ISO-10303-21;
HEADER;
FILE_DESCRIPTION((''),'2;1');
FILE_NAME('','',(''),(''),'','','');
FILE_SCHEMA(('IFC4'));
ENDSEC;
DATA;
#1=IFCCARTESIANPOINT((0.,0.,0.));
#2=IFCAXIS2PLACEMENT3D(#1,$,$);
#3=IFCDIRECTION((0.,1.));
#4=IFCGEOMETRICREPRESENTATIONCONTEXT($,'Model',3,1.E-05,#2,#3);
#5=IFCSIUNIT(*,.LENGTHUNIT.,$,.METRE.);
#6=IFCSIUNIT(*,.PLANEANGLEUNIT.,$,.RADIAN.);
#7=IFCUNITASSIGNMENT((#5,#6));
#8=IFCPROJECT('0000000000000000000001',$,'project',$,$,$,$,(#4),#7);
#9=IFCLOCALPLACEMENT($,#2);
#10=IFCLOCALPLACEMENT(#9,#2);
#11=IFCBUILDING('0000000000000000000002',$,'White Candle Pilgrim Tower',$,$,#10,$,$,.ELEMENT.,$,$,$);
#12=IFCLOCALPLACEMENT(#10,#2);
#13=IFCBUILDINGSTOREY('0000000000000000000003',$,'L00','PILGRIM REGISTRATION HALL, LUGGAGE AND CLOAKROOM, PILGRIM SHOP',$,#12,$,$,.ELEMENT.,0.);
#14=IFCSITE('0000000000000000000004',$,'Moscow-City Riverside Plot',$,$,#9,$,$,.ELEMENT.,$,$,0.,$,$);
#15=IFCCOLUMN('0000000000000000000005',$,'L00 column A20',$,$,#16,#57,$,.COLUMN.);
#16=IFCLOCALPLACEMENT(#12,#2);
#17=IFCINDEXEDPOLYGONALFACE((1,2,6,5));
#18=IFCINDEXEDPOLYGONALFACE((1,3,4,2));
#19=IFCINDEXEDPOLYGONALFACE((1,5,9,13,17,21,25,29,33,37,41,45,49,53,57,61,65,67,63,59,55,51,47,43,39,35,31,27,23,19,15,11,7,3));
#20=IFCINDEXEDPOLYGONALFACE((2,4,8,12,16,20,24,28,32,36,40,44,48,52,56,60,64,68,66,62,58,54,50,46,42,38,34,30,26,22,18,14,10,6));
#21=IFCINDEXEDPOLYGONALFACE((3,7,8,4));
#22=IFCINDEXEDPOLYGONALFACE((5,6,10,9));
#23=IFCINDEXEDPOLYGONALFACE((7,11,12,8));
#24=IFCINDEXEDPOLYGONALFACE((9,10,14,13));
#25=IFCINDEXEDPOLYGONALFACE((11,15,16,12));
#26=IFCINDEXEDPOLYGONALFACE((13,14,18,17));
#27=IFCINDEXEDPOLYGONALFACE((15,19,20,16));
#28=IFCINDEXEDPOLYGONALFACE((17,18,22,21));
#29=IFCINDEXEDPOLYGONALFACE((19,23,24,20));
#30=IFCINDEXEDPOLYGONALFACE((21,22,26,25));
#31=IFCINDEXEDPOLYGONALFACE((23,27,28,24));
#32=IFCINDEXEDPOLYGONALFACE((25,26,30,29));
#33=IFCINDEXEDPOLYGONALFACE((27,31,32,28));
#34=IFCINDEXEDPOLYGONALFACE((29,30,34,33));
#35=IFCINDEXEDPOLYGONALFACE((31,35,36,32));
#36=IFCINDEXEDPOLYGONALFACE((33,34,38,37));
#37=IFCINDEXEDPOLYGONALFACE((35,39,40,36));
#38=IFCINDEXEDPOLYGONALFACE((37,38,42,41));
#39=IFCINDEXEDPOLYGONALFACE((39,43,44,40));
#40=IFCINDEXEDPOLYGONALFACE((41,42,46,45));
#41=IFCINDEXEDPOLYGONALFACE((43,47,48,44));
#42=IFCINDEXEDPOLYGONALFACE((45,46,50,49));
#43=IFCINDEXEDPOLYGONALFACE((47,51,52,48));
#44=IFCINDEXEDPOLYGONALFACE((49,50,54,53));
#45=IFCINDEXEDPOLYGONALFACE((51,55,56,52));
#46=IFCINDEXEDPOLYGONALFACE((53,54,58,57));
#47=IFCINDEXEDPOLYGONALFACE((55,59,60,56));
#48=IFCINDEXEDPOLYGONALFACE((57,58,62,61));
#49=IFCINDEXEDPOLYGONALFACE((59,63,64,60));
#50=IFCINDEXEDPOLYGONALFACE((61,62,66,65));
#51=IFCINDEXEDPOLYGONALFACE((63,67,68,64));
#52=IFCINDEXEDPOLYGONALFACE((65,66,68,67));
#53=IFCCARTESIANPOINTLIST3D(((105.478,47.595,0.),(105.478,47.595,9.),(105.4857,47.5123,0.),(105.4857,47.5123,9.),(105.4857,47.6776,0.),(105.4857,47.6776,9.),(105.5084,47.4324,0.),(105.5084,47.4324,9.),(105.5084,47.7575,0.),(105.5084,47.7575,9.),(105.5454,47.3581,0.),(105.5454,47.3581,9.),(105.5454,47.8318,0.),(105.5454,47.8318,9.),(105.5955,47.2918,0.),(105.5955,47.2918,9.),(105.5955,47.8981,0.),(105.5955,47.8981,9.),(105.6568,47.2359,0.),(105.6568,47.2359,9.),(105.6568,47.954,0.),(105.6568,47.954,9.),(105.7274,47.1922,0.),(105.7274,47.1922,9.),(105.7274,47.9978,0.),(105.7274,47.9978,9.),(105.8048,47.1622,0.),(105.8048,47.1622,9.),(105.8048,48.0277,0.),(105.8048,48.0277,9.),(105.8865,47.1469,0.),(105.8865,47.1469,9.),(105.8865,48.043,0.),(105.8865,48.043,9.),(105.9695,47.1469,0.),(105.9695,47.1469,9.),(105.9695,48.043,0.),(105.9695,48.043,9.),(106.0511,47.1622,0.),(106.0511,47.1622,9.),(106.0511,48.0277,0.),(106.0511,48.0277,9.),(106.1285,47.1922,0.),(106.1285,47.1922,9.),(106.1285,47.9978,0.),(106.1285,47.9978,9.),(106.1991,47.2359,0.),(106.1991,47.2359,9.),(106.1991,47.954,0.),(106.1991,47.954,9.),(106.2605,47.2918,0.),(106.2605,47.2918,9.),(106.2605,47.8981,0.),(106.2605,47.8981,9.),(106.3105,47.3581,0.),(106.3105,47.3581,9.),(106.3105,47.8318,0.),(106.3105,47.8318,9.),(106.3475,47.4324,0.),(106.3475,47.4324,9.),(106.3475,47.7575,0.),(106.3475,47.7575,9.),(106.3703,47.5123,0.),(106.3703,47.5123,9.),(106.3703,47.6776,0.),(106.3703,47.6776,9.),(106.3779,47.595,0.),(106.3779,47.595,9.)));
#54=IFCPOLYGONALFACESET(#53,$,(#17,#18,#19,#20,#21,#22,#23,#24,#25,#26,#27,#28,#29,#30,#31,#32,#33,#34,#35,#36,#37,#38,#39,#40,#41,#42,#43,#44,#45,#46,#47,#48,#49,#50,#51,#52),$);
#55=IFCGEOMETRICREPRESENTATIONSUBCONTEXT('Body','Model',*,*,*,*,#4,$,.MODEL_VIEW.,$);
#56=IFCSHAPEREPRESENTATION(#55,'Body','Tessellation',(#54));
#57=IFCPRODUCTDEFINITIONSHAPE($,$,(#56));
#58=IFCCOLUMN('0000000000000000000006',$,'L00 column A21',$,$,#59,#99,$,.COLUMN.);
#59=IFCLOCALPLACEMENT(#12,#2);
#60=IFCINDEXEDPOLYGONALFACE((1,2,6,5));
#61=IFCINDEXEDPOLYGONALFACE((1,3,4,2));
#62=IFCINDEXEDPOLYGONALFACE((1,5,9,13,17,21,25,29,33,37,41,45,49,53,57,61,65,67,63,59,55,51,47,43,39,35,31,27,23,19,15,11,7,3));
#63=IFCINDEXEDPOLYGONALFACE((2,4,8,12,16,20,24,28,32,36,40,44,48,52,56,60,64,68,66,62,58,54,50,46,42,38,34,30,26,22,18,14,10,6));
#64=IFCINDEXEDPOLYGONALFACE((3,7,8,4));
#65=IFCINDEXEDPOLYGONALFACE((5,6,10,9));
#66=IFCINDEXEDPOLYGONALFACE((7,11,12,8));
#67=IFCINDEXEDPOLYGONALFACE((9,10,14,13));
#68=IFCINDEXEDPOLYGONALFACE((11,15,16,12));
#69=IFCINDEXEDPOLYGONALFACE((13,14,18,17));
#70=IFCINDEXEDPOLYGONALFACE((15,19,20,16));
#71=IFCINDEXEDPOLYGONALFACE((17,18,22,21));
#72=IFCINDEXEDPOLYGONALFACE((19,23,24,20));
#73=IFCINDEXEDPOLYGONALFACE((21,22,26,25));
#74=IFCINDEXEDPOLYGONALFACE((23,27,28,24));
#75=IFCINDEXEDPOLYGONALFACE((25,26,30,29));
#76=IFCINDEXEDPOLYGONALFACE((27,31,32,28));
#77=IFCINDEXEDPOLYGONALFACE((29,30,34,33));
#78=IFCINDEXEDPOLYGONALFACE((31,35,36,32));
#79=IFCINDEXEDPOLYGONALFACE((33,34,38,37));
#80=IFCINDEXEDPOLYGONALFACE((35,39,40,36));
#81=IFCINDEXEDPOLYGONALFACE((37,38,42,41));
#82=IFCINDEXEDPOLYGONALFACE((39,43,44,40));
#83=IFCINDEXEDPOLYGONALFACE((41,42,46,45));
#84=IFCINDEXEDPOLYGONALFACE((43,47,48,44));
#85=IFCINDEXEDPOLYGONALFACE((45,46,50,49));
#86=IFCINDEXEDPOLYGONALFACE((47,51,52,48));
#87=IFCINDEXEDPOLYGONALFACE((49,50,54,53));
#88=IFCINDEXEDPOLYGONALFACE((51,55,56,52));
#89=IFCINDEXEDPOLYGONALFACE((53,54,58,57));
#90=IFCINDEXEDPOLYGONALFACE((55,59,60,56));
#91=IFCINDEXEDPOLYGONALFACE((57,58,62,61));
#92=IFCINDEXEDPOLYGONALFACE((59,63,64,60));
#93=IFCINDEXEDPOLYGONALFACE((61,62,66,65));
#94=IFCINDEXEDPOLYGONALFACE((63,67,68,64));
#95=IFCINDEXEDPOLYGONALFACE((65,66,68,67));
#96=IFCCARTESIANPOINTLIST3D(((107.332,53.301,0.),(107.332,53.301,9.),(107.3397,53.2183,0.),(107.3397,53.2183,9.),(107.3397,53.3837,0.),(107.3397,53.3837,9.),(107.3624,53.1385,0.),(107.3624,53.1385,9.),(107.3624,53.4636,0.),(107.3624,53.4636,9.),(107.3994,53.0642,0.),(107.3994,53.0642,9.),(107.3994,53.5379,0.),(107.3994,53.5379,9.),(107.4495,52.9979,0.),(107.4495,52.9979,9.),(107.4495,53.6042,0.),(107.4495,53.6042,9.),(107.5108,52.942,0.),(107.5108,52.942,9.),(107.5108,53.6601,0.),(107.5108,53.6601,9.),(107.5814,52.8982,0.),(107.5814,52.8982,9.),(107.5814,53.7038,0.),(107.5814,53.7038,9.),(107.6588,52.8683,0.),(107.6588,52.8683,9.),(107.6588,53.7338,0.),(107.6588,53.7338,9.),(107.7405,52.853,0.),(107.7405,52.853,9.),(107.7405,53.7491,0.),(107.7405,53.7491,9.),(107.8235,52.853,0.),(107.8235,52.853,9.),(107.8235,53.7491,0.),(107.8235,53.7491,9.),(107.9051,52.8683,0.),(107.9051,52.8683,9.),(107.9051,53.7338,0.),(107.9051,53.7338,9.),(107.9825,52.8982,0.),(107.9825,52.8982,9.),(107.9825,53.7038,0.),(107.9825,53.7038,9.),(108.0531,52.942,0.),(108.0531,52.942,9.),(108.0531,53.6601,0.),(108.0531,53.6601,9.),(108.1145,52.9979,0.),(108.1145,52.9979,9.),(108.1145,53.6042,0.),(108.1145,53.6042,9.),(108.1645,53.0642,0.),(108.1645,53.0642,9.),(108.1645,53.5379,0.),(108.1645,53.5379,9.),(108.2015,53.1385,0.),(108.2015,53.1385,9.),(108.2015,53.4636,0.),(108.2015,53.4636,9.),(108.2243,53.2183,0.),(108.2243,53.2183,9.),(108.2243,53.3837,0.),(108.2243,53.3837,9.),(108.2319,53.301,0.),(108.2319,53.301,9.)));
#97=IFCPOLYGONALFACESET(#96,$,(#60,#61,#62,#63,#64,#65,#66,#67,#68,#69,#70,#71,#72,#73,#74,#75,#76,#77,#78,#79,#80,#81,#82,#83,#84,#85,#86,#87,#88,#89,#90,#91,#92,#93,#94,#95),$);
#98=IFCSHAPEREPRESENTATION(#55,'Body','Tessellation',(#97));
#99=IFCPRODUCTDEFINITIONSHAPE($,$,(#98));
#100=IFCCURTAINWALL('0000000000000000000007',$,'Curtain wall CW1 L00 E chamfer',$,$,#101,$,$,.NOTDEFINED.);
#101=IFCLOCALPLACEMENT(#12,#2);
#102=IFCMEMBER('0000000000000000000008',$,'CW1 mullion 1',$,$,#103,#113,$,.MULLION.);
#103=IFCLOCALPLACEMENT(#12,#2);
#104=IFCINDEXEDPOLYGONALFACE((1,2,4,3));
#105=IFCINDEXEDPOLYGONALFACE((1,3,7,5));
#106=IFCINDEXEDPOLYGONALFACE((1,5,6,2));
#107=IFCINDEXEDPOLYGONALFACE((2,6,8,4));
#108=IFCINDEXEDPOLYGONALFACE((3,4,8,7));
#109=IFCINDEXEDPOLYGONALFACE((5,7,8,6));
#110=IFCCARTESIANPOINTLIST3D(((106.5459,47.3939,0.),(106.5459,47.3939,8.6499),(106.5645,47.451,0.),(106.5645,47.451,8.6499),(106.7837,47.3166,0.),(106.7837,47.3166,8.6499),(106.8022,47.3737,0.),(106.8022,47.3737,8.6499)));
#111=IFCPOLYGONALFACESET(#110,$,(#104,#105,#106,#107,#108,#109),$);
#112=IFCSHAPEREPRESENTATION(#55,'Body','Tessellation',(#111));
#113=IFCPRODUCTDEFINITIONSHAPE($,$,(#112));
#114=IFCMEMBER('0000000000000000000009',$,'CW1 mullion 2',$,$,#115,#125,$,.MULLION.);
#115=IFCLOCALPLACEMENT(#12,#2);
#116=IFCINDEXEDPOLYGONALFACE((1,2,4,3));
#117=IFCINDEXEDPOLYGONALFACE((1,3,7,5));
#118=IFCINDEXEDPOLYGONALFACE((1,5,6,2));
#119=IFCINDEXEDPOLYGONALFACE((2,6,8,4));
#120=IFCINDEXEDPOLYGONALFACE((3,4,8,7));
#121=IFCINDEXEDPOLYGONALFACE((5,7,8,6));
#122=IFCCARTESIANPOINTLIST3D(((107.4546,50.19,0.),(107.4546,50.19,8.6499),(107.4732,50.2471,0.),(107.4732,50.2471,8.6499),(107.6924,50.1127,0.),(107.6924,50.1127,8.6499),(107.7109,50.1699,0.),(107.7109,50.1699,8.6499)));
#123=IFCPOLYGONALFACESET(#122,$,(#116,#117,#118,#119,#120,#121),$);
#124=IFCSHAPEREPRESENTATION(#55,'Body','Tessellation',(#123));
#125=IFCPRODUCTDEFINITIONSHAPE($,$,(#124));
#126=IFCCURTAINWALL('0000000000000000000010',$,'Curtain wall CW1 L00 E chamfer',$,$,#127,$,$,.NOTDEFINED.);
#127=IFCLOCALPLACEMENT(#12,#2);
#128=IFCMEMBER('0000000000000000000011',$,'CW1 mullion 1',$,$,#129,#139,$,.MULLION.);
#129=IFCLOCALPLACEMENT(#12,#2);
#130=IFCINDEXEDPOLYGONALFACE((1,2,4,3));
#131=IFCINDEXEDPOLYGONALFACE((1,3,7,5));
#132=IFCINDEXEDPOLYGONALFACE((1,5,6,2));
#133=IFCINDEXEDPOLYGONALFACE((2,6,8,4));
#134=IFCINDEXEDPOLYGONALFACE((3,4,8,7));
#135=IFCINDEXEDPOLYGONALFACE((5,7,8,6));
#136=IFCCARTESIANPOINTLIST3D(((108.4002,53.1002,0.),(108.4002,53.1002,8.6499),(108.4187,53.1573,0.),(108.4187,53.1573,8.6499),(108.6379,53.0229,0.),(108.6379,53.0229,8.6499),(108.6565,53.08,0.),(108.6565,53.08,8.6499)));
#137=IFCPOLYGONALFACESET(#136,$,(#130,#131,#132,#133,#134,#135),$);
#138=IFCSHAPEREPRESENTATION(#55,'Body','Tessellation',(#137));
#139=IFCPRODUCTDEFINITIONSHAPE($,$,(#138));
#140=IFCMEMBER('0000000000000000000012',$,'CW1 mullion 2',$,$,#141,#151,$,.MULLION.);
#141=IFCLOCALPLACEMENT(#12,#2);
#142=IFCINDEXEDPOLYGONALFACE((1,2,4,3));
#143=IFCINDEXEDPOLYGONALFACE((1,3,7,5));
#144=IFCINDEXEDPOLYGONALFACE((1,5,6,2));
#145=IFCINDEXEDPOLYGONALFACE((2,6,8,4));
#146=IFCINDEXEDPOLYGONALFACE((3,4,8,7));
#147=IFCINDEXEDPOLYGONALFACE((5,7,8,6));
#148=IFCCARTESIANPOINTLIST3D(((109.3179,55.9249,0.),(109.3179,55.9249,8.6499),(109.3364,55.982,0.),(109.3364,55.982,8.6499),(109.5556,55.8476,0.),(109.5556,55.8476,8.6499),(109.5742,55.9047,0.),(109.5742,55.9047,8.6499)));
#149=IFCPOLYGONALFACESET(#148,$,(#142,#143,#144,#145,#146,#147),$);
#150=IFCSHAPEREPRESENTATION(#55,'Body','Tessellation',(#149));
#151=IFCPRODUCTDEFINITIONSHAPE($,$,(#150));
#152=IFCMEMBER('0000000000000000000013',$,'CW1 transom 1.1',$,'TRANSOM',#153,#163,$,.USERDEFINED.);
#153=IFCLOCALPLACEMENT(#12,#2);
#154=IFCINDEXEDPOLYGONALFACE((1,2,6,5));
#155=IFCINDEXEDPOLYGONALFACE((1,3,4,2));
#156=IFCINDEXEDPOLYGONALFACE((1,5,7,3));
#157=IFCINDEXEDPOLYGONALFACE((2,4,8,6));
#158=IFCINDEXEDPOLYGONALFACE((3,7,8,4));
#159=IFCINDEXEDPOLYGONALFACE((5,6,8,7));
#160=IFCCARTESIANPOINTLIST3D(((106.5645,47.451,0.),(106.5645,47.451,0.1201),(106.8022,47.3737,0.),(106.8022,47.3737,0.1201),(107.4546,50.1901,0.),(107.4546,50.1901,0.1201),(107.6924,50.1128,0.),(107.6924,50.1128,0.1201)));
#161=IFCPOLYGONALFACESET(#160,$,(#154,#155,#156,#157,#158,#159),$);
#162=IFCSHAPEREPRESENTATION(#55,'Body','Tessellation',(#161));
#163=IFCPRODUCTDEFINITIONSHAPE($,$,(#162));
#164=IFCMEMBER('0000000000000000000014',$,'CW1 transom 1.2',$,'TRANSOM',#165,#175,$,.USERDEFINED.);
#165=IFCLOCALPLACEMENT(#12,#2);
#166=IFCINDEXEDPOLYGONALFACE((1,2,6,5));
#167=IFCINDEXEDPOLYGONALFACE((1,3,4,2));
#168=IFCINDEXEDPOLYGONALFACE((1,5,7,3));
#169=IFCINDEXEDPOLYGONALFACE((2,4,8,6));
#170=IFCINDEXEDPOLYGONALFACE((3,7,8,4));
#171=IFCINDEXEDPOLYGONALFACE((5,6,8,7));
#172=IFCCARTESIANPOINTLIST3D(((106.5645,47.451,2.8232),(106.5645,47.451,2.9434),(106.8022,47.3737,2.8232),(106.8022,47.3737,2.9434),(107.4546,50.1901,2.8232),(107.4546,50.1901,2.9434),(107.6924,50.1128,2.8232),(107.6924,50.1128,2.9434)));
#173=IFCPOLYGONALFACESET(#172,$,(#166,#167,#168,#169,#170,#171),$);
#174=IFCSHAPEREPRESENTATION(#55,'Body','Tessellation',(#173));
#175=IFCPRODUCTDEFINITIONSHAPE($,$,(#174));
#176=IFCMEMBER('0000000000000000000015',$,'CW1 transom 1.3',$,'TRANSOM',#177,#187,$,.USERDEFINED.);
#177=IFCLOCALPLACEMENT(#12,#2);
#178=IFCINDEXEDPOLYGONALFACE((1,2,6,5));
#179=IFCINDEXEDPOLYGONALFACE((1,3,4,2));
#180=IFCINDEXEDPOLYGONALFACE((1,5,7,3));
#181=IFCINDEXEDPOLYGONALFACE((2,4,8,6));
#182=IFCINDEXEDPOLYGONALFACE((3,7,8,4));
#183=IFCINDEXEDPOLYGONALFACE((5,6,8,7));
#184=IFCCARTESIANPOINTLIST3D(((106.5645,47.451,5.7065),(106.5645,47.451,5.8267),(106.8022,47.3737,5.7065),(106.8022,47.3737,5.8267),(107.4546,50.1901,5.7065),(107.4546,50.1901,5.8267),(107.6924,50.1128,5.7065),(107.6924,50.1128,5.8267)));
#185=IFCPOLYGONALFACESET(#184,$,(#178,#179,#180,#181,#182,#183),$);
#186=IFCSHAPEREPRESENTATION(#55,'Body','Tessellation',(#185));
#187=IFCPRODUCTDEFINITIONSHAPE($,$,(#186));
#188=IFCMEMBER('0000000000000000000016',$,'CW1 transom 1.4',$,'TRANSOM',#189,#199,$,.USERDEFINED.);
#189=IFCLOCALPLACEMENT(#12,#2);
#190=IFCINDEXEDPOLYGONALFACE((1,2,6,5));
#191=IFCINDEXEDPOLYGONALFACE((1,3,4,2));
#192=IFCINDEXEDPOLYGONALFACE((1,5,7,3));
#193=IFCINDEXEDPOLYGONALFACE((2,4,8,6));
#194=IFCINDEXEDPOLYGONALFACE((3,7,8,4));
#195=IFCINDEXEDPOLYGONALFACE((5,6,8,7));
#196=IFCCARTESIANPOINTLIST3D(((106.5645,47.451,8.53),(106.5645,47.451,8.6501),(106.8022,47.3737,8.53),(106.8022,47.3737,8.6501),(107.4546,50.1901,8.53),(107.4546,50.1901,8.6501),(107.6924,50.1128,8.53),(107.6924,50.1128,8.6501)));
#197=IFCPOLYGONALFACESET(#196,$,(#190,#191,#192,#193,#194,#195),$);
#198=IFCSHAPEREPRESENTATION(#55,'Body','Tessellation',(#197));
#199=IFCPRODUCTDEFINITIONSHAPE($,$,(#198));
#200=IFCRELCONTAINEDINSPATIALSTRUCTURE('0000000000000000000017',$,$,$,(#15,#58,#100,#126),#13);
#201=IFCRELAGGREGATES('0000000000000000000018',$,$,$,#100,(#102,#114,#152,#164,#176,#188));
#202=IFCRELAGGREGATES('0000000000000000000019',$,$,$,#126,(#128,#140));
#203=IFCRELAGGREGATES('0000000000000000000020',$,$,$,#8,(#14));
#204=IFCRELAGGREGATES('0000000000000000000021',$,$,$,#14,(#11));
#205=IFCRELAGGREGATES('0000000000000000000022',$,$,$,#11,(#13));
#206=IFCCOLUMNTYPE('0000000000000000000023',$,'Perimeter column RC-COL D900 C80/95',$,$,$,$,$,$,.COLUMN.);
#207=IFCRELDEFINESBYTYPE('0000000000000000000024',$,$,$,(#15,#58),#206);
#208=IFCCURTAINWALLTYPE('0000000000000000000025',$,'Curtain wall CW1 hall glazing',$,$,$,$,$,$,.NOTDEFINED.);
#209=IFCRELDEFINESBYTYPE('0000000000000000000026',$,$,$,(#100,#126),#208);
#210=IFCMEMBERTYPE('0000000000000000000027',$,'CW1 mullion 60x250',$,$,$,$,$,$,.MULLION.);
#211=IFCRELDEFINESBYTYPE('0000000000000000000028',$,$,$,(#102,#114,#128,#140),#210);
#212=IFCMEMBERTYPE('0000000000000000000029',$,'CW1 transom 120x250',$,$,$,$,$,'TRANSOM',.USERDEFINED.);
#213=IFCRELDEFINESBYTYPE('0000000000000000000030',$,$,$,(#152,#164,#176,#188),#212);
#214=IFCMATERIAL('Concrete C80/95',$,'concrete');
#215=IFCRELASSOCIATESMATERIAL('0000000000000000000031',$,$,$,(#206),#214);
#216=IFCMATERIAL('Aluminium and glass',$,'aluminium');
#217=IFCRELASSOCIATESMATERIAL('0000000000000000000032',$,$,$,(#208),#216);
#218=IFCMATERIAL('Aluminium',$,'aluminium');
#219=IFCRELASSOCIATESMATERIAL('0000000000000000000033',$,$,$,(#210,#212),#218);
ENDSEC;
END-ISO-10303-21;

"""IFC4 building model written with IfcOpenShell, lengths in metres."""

from ifc_helpers import new_model, si_unit, direction, frame, origin, origin_2d, place, context, subcontext, project, spatial, rectangle, circle, extrude, material, material_profile, profile_set, type_object, element, aggregate, save


model = new_model("IFC4")

# Units and contexts
model_context = context("Model", 3, precision=1e-05, world=origin(), true_north=direction((0.0, 1.0)))
body_context = subcontext(model_context, "Body", "Model", "MODEL_VIEW")
ifc_project = project(units=[si_unit("LENGTHUNIT", "METRE"), si_unit("PLANEANGLEUNIT", "RADIAN")], contexts=[model_context])

# Site, building, storey
site_placement = place(None, origin())
site = spatial("IfcSite", under=ifc_project, at=site_placement, Name="Moscow-City Riverside Plot", CompositionType="ELEMENT", RefElevation=0.0)
building_placement = place(site_placement, origin())
building = spatial("IfcBuilding", under=site, at=building_placement, Name="White Candle Pilgrim Tower", CompositionType="ELEMENT")
storey_placement = place(building_placement, origin())
storey = spatial("IfcBuildingStorey", under=building, at=storey_placement, Name="L00", Description="PILGRIM REGISTRATION HALL, LUGGAGE AND CLOAKROOM, PILGRIM SHOP", CompositionType="ELEMENT", Elevation=0.0)

# Columns
ifc_material_1 = material(Name="Concrete C80/95", Category="concrete")
ifc_material_profile_1 = material_profile(ifc_material_1, circle(Radius=0.45, at=origin_2d()), Name="RC-COL D900")
ifc_profile_set_1 = profile_set([ifc_material_profile_1], Name="Concrete C80/95")
column_type = type_object("IfcColumnType", Name="Perimeter column RC-COL D900 C80/95", PredefinedType="COLUMN", material=ifc_profile_set_1)
for number, where, z_axis, x_axis, name in (
    (1, (105.928, 47.595, 0.0), (0.0, 0.0, 1.0), (1.0, 0.0, 0.0), "L00 column A20"),
    (2, (107.782, 53.301, 0.0), (0.0, 0.0, 1.0), (1.0, 0.0, 0.0), "L00 column A21"),
):
    element("IfcColumn", number, at=place(storey_placement, frame(where, z_axis=z_axis, x_axis=x_axis)), inside=storey, type_object=column_type, Name=name, PredefinedType="COLUMN", context=body_context, shape_type="SweptSolid", body=[
        extrude(circle(Radius=0.45, at=origin_2d()), origin(), (0.0, 0.0, 1.0), 9.0),
    ])

# Curtain walls, members
ifc_material_2 = material(Name="Aluminium and glass", Category="aluminium")
curtain_wall_type = type_object("IfcCurtainWallType", Name="Curtain wall CW1 hall glazing", PredefinedType="NOTDEFINED", material=ifc_material_2)
curtain_wall_1_placement = place(storey_placement, origin())
curtain_wall_1 = element("IfcCurtainWall", 3, at=curtain_wall_1_placement, inside=storey, type_object=curtain_wall_type, Name="Curtain wall CW1 L00 E chamfer", PredefinedType="NOTDEFINED")
ifc_material_3 = material(Name="Aluminium", Category="aluminium")
ifc_material_profile_2 = material_profile(ifc_material_3, rectangle(XDim=0.25, YDim=0.0601, at=origin_2d()), Name="CW1 mullion 60x250")
ifc_profile_set_2 = profile_set([ifc_material_profile_2], Name="Aluminium")
member_type_1 = type_object("IfcMemberType", Name="CW1 mullion 60x250", PredefinedType="MULLION", material=ifc_profile_set_2)
member_1_placement = place(storey_placement, frame((106.6741, 47.3838, 0.0), z_axis=(0.0, 0.0, 1.0), x_axis=(-0.951057, 0.309017, 0.0)))
member_1 = element("IfcMember", 4, at=member_1_placement, type_object=member_type_1, Name="CW1 mullion 1", PredefinedType="MULLION", context=body_context, shape_type="SweptSolid", body=[
    extrude(rectangle(XDim=0.25, YDim=0.0601, at=origin_2d()), origin(), (0.0, 0.0, 1.0), 8.6499),
])
member_2_placement = place(storey_placement, frame((107.5828, 50.1799, 0.0), z_axis=(0.0, 0.0, 1.0), x_axis=(-0.951057, 0.309017, 0.0)))
member_2 = element("IfcMember", 5, at=member_2_placement, type_object=member_type_1, Name="CW1 mullion 2", PredefinedType="MULLION", context=body_context, shape_type="SweptSolid", body=[
    extrude(rectangle(XDim=0.25, YDim=0.0601, at=origin_2d()), origin(), (0.0, 0.0, 1.0), 8.6499),
])
curtain_wall_2_placement = place(storey_placement, origin())
curtain_wall_2 = element("IfcCurtainWall", 6, at=curtain_wall_2_placement, inside=storey, type_object=curtain_wall_type, Name="Curtain wall CW1 L00 E chamfer", PredefinedType="NOTDEFINED")
member_3_placement = place(storey_placement, frame((108.5283, 53.0901, 0.0), z_axis=(0.0, 0.0, 1.0), x_axis=(-0.951057, 0.309017, 0.0)))
member_3 = element("IfcMember", 7, at=member_3_placement, type_object=member_type_1, Name="CW1 mullion 1", PredefinedType="MULLION", context=body_context, shape_type="SweptSolid", body=[
    extrude(rectangle(XDim=0.25, YDim=0.0601, at=origin_2d()), origin(), (0.0, 0.0, 1.0), 8.6499),
])
member_4_placement = place(storey_placement, frame((109.446, 55.9148, 0.0), z_axis=(0.0, 0.0, 1.0), x_axis=(-0.951057, 0.309017, 0.0)))
member_4 = element("IfcMember", 8, at=member_4_placement, type_object=member_type_1, Name="CW1 mullion 2", PredefinedType="MULLION", context=body_context, shape_type="SweptSolid", body=[
    extrude(rectangle(XDim=0.25, YDim=0.0601, at=origin_2d()), origin(), (0.0, 0.0, 1.0), 8.6499),
])

# Members
ifc_material_profile_3 = material_profile(ifc_material_3, rectangle(XDim=0.25, YDim=0.1201, at=origin_2d()), Name="CW1 transom 120x250")
ifc_profile_set_3 = profile_set([ifc_material_profile_3], Name="Aluminium")
member_type_2 = type_object("IfcMemberType", Name="CW1 transom 120x250", ElementType="TRANSOM", PredefinedType="USERDEFINED", material=ifc_profile_set_3)
member_5_placement = place(storey_placement, frame((106.6833, 47.4124, 0.0601), z_axis=(0.309073, 0.951038, 0.0), x_axis=(-0.951038, 0.309073, 0.0)))
member_5 = element("IfcMember", 9, at=member_5_placement, type_object=member_type_2, Name="CW1 transom 1.1", ObjectType="TRANSOM", PredefinedType="USERDEFINED", context=body_context, shape_type="SweptSolid", body=[
    extrude(rectangle(XDim=0.25, YDim=0.1201, at=origin_2d()), origin(), (0.0, 0.0, 1.0), 2.8801),
])
member_6_placement = place(storey_placement, frame((106.6833, 47.4124, 2.8833), z_axis=(0.309073, 0.951038, 0.0), x_axis=(-0.951038, 0.309073, 0.0)))
member_6 = element("IfcMember", 10, at=member_6_placement, type_object=member_type_2, Name="CW1 transom 1.2", ObjectType="TRANSOM", PredefinedType="USERDEFINED", context=body_context, shape_type="SweptSolid", body=[
    extrude(rectangle(XDim=0.25, YDim=0.1201, at=origin_2d()), origin(), (0.0, 0.0, 1.0), 2.8801),
])
member_7_placement = place(storey_placement, frame((106.6833, 47.4124, 5.7666), z_axis=(0.309073, 0.951038, 0.0), x_axis=(-0.951038, 0.309073, 0.0)))
member_7 = element("IfcMember", 11, at=member_7_placement, type_object=member_type_2, Name="CW1 transom 1.3", ObjectType="TRANSOM", PredefinedType="USERDEFINED", context=body_context, shape_type="SweptSolid", body=[
    extrude(rectangle(XDim=0.25, YDim=0.1201, at=origin_2d()), origin(), (0.0, 0.0, 1.0), 2.8801),
])
member_8_placement = place(storey_placement, frame((106.6833, 47.4124, 8.5901), z_axis=(0.309073, 0.951038, 0.0), x_axis=(-0.951038, 0.309073, 0.0)))
member_8 = element("IfcMember", 12, at=member_8_placement, type_object=member_type_2, Name="CW1 transom 1.4", ObjectType="TRANSOM", PredefinedType="USERDEFINED", context=body_context, shape_type="SweptSolid", body=[
    extrude(rectangle(XDim=0.25, YDim=0.1201, at=origin_2d()), origin(), (0.0, 0.0, 1.0), 2.8801),
])

aggregate(curtain_wall_1, [member_1, member_2, member_5, member_6, member_7, member_8])
aggregate(curtain_wall_2, [member_3, member_4])

save(model, "model.ifc")
